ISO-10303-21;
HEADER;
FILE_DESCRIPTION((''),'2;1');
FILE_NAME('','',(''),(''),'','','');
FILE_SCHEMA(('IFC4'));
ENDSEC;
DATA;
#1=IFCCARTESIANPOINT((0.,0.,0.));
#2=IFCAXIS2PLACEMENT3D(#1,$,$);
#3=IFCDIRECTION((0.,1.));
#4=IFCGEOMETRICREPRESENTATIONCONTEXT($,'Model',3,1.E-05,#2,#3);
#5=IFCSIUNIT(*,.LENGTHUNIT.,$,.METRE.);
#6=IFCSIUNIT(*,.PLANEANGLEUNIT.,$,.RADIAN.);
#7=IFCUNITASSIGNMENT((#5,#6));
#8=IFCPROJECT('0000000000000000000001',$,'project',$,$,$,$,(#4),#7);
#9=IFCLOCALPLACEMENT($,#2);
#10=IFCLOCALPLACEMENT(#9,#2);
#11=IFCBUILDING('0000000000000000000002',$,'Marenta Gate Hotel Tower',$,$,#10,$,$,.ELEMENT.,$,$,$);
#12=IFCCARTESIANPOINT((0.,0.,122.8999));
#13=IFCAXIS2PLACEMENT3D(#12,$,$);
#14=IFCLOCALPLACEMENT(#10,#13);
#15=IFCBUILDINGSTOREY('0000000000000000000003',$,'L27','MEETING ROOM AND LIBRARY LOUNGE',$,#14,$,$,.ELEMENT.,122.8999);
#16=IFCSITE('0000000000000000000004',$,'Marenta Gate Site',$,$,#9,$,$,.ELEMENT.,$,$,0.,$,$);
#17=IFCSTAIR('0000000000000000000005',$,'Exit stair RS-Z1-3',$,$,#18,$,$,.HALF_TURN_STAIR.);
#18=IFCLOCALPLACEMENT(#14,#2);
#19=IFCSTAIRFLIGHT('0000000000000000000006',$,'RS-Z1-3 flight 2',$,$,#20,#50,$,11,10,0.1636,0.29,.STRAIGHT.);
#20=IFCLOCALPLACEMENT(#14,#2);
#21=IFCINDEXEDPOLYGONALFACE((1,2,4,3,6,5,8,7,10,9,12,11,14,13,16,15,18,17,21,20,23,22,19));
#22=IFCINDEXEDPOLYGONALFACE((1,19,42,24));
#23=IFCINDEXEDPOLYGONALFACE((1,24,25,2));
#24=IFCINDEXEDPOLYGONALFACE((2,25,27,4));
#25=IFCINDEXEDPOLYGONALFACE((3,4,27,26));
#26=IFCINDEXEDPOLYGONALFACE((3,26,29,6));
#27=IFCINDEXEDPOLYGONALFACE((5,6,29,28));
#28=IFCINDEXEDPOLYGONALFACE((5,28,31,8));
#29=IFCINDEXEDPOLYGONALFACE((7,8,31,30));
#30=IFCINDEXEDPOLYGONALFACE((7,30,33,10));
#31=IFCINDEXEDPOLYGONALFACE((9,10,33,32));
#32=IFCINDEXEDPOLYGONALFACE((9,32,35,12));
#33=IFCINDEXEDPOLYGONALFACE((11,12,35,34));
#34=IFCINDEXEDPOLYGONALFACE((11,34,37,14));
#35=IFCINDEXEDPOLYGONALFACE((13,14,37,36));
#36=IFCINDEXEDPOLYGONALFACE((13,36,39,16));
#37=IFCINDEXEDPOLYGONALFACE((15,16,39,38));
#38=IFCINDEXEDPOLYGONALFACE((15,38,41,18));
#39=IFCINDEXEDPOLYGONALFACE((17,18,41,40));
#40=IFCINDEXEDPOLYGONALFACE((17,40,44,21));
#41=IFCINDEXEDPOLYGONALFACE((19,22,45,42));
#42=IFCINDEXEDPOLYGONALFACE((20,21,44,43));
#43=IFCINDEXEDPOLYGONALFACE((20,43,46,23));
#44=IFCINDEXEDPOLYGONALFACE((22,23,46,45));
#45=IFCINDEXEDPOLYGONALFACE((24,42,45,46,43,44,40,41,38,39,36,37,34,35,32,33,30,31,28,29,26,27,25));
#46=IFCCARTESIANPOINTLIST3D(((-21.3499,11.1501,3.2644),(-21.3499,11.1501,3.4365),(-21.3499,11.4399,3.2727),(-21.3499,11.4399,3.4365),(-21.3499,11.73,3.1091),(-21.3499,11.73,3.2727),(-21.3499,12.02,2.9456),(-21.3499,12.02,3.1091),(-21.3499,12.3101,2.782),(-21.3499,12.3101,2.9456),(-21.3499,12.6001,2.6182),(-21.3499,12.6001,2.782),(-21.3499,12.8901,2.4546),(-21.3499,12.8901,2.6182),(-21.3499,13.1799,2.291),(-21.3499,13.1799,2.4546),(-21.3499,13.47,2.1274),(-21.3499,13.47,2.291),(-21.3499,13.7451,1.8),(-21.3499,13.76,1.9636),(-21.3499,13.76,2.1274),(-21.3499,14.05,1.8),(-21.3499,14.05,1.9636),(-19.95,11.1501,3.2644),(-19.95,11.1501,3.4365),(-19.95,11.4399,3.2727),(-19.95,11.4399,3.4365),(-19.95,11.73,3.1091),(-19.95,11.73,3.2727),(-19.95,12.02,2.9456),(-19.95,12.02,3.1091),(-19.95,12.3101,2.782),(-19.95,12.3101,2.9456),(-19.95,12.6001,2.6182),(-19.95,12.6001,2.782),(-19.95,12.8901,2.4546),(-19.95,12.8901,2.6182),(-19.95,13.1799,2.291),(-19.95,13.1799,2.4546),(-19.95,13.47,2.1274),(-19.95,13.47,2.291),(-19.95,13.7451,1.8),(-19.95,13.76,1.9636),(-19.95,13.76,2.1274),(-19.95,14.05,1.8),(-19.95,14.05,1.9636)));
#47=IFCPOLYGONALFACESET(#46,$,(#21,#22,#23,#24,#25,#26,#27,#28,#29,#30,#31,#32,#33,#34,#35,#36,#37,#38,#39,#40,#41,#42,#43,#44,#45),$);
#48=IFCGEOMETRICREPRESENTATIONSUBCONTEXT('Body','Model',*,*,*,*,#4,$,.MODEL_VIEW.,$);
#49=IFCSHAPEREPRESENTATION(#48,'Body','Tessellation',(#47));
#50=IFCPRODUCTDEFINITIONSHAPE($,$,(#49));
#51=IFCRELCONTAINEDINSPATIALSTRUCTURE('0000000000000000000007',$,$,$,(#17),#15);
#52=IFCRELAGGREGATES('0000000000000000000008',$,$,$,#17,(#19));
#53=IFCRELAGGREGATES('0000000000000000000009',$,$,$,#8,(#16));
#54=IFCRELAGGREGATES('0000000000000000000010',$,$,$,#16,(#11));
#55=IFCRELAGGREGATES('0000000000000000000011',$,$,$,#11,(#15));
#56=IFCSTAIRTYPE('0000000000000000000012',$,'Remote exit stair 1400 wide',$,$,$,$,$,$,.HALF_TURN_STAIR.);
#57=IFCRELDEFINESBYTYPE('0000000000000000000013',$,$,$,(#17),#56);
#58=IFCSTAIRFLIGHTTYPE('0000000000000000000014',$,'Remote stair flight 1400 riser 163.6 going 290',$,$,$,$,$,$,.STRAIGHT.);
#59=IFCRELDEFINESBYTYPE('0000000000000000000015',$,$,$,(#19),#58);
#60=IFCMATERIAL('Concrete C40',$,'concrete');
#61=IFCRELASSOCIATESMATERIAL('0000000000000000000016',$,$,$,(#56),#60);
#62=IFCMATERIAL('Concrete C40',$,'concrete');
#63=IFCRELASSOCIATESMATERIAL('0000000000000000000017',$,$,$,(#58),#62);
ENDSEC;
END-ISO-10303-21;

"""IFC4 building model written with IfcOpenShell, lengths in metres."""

from ifc_helpers import new_model, si_unit, direction, frame, origin, place, context, subcontext, project, spatial, polyline, outline, extrude, material, type_object, element, aggregate, save


model = new_model("IFC4")

# Units and contexts
model_context = context("Model", 3, precision=1e-05, world=origin(), true_north=direction((0.0, 1.0)))
body_context = subcontext(model_context, "Body", "Model", "MODEL_VIEW")
ifc_project = project(units=[si_unit("LENGTHUNIT", "METRE"), si_unit("PLANEANGLEUNIT", "RADIAN")], contexts=[model_context])

# Site, building, storey
site_placement = place(None, origin())
site = spatial("IfcSite", under=ifc_project, at=site_placement, Name="Marenta Gate Site", CompositionType="ELEMENT", RefElevation=0.0)
building_placement = place(site_placement, origin())
building = spatial("IfcBuilding", under=site, at=building_placement, Name="Marenta Gate Hotel Tower", CompositionType="ELEMENT")
storey_placement = place(building_placement, frame((0.0, 0.0, 122.8999)))
storey = spatial("IfcBuildingStorey", under=building, at=storey_placement, Name="L27", Description="MEETING ROOM AND LIBRARY LOUNGE", CompositionType="ELEMENT", Elevation=122.8999)

# Stair, stair flight
ifc_material_1 = material(Name="Concrete C40", Category="concrete")
stair_type = type_object("IfcStairType", Name="Remote exit stair 1400 wide", PredefinedType="HALF_TURN_STAIR", material=ifc_material_1)
stair_placement = place(storey_placement, origin())
stair = element("IfcStair", 1, at=stair_placement, inside=storey, type_object=stair_type, Name="Exit stair RS-Z1-3", PredefinedType="HALF_TURN_STAIR")
ifc_material_2 = material(Name="Concrete C40", Category="concrete")
stair_flight_type = type_object("IfcStairFlightType", Name="Remote stair flight 1400 riser 163.6 going 290", PredefinedType="STRAIGHT", material=ifc_material_2)
stair_flight_1_placement = place(storey_placement, frame((-20.6499, 14.05, 1.8), z_axis=(0.0, 0.0, 1.0), x_axis=(0.0, -1.0, 0.0)))
stair_flight_1 = element("IfcStairFlight", 2, at=stair_flight_1_placement, type_object=stair_flight_type, Name="RS-Z1-3 flight 2", NumberOfRisers=11, NumberOfTreads=10, PredefinedType="STRAIGHT", RiserHeight=0.1636, TreadLength=0.29, context=body_context, shape_type="SweptSolid", body=[
    extrude(outline(polyline([(0.0, 0.0), (0.0, 0.1636), (0.29, 0.1636), (0.29, 0.3274), (0.5801, 0.3274), (0.5801, 0.491), (0.8701, 0.491), (0.8701, 0.6545), (1.1599, 0.6545), (1.1599, 0.8181), (1.45, 0.8181), (1.45, 0.9819), (1.74, 0.9819), (1.74, 1.1455), (2.03, 1.1455), (2.03, 1.3091), (2.3201, 1.3091), (2.3201, 1.4727), (2.6101, 1.4727), (2.6101, 1.6365), (2.8999, 1.6365), (2.8999, 1.8), (2.8999, 1.4644), (0.3049, 0.0), (0.0, 0.0)])), frame((0.0, 0.7, 0.0), z_axis=(0.0, -1.0, 0.0), x_axis=(1.0, 0.0, 0.0)), (0.0, 0.0, 1.0), 1.3999),
])
aggregate(stair, [stair_flight_1])

save(model, "model.ifc")
